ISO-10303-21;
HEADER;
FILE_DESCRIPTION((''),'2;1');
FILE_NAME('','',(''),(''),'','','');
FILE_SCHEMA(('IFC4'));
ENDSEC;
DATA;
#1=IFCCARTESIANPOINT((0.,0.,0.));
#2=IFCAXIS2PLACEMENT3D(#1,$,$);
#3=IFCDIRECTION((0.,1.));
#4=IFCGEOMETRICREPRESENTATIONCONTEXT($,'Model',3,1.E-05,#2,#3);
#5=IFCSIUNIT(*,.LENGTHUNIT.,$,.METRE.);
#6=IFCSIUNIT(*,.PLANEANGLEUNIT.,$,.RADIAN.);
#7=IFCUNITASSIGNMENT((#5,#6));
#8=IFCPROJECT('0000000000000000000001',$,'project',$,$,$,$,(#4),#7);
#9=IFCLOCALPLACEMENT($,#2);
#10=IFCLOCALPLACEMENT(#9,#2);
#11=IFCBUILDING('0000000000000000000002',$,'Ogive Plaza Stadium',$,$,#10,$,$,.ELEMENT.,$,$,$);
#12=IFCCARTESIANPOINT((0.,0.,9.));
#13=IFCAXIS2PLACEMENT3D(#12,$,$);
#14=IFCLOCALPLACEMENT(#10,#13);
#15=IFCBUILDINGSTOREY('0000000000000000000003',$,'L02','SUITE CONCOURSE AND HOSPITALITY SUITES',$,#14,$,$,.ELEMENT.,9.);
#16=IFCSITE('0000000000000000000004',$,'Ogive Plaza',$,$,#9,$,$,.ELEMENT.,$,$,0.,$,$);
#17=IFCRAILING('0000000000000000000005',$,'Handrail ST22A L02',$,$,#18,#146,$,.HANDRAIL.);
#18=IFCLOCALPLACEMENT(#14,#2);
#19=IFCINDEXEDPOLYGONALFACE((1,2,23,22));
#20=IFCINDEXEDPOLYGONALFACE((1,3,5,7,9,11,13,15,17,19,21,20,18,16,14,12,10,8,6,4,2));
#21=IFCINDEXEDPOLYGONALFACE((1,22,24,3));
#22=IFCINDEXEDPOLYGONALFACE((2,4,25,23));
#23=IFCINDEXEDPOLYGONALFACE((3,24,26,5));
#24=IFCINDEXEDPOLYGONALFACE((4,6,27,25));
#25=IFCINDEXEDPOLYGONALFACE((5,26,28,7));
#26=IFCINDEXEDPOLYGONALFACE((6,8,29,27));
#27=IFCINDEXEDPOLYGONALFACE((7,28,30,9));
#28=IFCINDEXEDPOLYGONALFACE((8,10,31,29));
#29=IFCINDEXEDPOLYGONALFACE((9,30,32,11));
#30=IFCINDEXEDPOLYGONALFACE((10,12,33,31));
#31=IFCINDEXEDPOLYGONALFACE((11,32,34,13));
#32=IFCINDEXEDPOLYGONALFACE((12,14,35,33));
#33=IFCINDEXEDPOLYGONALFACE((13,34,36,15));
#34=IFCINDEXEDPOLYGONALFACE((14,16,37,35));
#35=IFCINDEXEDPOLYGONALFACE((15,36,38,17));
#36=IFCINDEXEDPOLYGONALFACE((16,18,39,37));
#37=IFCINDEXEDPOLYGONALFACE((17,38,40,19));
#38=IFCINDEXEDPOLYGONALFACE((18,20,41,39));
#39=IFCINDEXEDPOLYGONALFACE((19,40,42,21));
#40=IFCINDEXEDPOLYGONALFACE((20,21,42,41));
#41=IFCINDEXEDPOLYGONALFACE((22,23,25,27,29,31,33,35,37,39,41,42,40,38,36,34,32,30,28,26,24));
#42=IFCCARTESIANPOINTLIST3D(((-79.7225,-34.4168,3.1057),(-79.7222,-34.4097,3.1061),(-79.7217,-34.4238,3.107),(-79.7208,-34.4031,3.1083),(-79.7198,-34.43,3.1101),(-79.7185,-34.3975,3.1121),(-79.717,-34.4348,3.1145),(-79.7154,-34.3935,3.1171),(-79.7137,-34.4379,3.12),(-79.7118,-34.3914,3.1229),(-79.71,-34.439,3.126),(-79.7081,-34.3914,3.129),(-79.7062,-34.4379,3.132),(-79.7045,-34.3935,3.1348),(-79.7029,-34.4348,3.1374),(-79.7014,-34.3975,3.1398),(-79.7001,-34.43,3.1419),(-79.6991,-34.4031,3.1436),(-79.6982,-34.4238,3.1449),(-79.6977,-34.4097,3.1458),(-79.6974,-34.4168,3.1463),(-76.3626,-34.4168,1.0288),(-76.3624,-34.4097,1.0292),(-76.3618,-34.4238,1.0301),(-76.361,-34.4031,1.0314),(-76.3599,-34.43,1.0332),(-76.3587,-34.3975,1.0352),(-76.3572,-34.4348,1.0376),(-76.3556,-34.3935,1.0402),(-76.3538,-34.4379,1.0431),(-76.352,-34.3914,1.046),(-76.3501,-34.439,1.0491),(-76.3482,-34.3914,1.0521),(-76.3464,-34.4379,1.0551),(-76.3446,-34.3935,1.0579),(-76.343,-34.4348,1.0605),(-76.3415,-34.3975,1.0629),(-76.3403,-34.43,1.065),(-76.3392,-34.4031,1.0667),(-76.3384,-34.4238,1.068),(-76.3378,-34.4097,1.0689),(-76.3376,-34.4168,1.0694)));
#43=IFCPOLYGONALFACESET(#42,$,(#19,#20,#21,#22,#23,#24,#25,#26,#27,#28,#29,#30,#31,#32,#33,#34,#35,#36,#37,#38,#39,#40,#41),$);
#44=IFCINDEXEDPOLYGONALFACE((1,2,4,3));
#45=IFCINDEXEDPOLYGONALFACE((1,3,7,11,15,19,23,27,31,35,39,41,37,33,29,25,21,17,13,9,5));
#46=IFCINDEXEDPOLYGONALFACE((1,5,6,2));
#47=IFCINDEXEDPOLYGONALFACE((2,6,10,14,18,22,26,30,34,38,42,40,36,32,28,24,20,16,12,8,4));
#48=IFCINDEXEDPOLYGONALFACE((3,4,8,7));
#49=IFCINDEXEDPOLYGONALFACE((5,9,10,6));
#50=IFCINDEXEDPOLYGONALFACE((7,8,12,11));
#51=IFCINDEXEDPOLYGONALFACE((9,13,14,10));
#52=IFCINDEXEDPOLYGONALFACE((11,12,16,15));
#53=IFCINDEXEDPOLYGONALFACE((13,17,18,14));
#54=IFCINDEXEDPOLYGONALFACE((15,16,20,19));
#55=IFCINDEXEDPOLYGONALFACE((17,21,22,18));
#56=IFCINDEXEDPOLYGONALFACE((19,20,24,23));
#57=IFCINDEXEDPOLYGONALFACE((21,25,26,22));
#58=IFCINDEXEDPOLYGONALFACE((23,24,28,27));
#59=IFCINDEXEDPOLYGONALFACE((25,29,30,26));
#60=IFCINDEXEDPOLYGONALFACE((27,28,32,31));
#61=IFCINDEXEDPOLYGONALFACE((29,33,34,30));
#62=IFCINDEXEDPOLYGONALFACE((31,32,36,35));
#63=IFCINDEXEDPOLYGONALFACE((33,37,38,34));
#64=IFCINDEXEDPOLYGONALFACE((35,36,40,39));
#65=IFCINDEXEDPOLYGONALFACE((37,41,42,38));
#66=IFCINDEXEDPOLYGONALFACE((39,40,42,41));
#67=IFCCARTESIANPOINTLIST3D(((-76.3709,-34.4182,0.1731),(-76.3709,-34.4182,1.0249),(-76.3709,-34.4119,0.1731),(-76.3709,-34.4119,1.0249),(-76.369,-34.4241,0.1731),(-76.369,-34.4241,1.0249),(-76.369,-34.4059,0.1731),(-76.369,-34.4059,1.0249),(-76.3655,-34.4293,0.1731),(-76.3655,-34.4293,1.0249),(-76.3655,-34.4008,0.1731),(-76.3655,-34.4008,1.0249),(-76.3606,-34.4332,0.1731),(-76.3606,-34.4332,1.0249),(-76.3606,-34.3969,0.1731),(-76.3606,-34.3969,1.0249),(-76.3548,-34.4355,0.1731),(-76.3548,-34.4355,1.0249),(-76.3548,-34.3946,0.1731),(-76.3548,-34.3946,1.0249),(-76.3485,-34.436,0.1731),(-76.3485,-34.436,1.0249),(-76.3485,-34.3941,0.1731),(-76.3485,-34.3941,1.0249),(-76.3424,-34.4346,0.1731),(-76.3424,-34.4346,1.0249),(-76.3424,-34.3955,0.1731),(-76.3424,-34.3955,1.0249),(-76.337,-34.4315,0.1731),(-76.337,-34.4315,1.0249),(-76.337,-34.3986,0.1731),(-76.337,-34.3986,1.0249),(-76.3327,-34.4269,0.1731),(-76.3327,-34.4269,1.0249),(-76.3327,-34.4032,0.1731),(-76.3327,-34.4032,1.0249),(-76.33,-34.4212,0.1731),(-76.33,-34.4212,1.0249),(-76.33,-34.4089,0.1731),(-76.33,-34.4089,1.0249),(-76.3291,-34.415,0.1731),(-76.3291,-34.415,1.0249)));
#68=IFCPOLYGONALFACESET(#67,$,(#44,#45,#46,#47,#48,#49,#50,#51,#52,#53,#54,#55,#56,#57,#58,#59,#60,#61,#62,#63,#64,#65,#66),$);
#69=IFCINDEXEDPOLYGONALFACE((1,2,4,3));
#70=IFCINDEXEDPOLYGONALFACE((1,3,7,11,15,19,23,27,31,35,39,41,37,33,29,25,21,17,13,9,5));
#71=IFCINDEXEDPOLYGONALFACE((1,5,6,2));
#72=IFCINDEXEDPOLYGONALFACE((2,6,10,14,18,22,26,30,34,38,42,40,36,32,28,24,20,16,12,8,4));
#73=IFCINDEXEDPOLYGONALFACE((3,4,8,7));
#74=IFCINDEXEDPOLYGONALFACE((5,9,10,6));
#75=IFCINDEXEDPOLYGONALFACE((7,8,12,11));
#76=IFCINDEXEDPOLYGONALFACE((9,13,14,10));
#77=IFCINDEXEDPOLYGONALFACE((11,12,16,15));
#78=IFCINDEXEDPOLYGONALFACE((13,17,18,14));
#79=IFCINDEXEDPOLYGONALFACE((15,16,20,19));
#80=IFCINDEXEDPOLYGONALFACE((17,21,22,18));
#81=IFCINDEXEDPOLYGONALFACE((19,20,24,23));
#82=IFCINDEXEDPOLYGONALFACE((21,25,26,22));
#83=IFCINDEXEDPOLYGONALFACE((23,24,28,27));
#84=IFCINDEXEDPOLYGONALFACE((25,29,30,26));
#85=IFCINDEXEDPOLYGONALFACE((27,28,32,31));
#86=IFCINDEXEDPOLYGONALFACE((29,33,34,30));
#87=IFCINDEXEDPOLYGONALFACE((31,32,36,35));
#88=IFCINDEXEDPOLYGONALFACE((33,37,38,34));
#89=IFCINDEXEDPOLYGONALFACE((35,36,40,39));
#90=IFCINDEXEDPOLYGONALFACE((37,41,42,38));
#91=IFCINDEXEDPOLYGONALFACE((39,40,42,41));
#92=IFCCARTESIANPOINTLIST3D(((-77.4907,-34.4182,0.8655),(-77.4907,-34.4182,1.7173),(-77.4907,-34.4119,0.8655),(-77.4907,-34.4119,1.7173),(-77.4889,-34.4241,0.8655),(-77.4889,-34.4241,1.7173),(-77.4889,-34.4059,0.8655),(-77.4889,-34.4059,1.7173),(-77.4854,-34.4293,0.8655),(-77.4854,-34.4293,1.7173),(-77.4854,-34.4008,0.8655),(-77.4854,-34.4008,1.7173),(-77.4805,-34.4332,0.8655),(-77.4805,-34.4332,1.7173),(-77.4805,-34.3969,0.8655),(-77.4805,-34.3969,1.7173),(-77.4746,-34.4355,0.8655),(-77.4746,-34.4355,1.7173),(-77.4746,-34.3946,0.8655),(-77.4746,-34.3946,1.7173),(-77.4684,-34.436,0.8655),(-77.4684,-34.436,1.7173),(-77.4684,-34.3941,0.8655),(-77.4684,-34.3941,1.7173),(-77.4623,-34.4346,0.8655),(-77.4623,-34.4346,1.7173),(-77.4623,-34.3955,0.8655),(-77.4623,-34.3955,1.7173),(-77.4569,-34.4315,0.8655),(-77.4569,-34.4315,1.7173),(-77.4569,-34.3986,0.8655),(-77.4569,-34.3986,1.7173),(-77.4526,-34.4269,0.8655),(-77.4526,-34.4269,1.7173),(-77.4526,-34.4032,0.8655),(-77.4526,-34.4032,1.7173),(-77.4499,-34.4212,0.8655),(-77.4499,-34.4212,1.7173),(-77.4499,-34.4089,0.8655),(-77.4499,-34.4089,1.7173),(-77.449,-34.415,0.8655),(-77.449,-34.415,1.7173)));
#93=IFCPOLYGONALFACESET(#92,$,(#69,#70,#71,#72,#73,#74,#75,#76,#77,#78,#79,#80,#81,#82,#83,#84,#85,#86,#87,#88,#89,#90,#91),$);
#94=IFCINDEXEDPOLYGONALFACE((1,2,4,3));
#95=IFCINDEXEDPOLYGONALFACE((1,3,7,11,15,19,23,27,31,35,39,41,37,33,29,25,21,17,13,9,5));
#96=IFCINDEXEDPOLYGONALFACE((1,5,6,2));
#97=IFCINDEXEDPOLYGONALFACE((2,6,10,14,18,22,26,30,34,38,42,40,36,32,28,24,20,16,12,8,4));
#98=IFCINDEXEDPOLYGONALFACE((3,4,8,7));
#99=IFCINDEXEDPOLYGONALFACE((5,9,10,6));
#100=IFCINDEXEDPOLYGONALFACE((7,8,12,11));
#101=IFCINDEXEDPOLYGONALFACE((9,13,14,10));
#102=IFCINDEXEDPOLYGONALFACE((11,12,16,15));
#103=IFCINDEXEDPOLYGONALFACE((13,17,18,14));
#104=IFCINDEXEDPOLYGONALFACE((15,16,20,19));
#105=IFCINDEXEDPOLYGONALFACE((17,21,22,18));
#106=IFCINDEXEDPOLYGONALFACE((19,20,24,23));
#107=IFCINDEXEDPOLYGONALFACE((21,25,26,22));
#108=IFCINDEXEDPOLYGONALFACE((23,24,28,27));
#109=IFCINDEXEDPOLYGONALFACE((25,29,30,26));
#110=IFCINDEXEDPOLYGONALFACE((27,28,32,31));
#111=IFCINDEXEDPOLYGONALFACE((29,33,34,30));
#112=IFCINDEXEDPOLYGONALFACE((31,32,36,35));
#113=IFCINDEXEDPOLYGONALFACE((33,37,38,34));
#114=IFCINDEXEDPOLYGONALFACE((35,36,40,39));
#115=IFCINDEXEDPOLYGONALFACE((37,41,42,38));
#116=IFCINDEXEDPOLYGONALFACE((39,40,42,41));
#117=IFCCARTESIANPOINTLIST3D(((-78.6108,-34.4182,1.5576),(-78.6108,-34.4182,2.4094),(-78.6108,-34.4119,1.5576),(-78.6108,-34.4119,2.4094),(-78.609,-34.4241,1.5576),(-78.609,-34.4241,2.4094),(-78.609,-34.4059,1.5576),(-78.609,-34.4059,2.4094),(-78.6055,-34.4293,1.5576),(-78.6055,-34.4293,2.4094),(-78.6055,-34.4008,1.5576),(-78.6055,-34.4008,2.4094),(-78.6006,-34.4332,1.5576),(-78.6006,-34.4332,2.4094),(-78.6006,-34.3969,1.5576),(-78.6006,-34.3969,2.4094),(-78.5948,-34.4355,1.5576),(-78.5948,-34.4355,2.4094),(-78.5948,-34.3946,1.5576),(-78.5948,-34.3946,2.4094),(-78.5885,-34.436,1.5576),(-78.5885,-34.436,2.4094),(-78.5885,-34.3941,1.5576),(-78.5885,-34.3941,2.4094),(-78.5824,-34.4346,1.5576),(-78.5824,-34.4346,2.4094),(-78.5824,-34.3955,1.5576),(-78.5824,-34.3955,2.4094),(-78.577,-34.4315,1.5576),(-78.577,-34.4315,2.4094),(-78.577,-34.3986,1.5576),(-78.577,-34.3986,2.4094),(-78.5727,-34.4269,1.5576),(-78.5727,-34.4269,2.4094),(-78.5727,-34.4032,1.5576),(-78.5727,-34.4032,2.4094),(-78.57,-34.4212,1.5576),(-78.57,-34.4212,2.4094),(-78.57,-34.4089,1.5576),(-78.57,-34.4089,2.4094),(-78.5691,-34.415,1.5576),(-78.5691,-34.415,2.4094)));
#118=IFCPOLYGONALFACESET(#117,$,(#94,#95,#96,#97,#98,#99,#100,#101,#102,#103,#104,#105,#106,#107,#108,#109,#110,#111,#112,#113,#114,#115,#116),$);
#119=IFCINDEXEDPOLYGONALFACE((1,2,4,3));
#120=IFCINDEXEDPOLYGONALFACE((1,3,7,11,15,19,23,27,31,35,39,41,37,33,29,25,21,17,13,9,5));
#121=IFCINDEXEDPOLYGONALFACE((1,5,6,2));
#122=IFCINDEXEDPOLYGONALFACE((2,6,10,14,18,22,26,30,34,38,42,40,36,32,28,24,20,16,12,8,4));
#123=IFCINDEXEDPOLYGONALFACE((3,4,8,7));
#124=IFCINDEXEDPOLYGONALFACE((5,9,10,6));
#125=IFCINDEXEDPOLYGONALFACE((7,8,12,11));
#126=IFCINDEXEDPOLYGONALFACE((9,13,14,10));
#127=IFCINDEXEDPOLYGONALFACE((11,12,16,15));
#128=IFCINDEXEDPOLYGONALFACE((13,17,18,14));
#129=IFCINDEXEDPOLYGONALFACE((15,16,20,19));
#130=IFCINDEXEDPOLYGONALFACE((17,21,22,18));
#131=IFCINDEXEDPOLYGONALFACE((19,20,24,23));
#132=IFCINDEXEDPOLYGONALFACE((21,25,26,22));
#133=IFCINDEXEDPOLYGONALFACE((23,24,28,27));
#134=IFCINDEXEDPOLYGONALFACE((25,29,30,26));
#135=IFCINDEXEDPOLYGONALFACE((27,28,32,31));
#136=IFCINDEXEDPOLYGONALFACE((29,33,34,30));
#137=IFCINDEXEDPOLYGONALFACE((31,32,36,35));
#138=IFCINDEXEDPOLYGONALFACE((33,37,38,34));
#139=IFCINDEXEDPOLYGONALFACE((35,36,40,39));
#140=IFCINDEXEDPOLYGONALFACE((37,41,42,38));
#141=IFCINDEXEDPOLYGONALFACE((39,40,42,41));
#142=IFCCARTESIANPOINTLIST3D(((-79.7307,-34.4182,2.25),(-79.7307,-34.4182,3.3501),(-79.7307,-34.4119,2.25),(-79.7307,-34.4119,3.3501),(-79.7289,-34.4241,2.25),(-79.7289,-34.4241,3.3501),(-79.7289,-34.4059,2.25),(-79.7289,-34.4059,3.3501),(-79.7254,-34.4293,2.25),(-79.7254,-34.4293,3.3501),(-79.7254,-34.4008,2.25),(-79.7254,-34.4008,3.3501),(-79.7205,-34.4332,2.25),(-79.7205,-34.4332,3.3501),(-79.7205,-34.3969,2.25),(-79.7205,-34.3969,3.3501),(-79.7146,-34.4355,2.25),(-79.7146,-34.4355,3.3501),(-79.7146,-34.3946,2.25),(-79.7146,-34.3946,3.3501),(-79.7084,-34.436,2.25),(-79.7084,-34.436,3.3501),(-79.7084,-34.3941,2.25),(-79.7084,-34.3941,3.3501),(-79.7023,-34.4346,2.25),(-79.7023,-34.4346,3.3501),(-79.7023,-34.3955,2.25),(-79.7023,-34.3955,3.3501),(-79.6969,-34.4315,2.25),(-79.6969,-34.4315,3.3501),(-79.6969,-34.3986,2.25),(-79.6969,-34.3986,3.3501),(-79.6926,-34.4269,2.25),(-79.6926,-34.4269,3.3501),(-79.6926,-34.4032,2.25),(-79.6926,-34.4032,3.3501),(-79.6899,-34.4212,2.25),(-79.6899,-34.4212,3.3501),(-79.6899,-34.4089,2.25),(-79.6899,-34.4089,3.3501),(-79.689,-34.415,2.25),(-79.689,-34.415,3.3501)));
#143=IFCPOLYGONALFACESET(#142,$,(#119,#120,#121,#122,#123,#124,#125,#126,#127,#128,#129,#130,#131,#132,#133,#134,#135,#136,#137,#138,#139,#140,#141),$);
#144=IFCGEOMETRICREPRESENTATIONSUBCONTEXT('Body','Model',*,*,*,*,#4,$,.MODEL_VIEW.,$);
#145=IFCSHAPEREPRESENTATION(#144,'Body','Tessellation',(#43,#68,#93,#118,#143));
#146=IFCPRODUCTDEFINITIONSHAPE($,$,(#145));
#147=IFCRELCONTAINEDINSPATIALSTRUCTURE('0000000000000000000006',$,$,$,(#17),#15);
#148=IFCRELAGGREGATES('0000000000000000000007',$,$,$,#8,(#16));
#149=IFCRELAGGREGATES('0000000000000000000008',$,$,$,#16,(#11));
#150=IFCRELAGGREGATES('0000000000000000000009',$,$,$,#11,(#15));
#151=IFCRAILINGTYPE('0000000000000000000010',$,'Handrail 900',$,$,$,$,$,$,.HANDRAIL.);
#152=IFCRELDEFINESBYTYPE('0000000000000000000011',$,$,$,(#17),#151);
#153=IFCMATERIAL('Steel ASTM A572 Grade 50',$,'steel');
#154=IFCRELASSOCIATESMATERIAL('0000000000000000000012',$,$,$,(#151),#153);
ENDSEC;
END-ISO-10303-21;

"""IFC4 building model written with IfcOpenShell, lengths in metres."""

from ifc_helpers import new_model, si_unit, direction, frame, origin, origin_2d, place, context, subcontext, project, spatial, circle, extrude, material, type_object, element, save


model = new_model("IFC4")

# Units and contexts
model_context = context("Model", 3, precision=1e-05, world=origin(), true_north=direction((0.0, 1.0)))
body_context = subcontext(model_context, "Body", "Model", "MODEL_VIEW")
ifc_project = project(units=[si_unit("LENGTHUNIT", "METRE"), si_unit("PLANEANGLEUNIT", "RADIAN")], contexts=[model_context])

# Site, building, storey
site_placement = place(None, origin())
site = spatial("IfcSite", under=ifc_project, at=site_placement, Name="Ogive Plaza", CompositionType="ELEMENT", RefElevation=0.0)
building_placement = place(site_placement, origin())
building = spatial("IfcBuilding", under=site, at=building_placement, Name="Ogive Plaza Stadium", CompositionType="ELEMENT")
storey_placement = place(building_placement, frame((0.0, 0.0, 9.0)))
storey = spatial("IfcBuildingStorey", under=building, at=storey_placement, Name="L02", Description="SUITE CONCOURSE AND HOSPITALITY SUITES", CompositionType="ELEMENT", Elevation=9.0)

# Railing
ifc_material_1 = material(Name="Steel ASTM A572 Grade 50", Category="steel")
railing_type_1 = type_object("IfcRailingType", Name="Handrail 900", PredefinedType="HANDRAIL", material=ifc_material_1)
for number, where, name in (
    (1, (-76.3501, -34.415, 0.1731), "Handrail ST22A L02"),
):
    element("IfcRailing", number, at=place(storey_placement, frame(where)), inside=storey, type_object=railing_type_1, Name=name, PredefinedType="HANDRAIL", context=body_context, shape_type="SweptSolid", body=[
        extrude(circle(Radius=0.0239, at=origin_2d()), frame((0.0, 0.0, 0.876), z_axis=(-0.850606, 0.0, 0.525803), x_axis=(0.0, -1.0, 0.0)), (0.0, 0.0, 1.0), 3.95),
        extrude(circle(Radius=0.021, at=origin_2d()), origin(), (0.0, 0.0, 1.0), 0.8518),
        extrude(circle(Radius=0.021, at=origin_2d()), frame((-1.1199, 0.0, 0.6924)), (0.0, 0.0, 1.0), 0.8518),
        extrude(circle(Radius=0.021, at=origin_2d()), frame((-2.24, 0.0, 1.3845)), (0.0, 0.0, 1.0), 0.8518),
        extrude(circle(Radius=0.021, at=origin_2d()), frame((-3.3599, 0.0, 2.0769)), (0.0, 0.0, 1.0), 1.1001),
    ])

save(model, "model.ifc")
